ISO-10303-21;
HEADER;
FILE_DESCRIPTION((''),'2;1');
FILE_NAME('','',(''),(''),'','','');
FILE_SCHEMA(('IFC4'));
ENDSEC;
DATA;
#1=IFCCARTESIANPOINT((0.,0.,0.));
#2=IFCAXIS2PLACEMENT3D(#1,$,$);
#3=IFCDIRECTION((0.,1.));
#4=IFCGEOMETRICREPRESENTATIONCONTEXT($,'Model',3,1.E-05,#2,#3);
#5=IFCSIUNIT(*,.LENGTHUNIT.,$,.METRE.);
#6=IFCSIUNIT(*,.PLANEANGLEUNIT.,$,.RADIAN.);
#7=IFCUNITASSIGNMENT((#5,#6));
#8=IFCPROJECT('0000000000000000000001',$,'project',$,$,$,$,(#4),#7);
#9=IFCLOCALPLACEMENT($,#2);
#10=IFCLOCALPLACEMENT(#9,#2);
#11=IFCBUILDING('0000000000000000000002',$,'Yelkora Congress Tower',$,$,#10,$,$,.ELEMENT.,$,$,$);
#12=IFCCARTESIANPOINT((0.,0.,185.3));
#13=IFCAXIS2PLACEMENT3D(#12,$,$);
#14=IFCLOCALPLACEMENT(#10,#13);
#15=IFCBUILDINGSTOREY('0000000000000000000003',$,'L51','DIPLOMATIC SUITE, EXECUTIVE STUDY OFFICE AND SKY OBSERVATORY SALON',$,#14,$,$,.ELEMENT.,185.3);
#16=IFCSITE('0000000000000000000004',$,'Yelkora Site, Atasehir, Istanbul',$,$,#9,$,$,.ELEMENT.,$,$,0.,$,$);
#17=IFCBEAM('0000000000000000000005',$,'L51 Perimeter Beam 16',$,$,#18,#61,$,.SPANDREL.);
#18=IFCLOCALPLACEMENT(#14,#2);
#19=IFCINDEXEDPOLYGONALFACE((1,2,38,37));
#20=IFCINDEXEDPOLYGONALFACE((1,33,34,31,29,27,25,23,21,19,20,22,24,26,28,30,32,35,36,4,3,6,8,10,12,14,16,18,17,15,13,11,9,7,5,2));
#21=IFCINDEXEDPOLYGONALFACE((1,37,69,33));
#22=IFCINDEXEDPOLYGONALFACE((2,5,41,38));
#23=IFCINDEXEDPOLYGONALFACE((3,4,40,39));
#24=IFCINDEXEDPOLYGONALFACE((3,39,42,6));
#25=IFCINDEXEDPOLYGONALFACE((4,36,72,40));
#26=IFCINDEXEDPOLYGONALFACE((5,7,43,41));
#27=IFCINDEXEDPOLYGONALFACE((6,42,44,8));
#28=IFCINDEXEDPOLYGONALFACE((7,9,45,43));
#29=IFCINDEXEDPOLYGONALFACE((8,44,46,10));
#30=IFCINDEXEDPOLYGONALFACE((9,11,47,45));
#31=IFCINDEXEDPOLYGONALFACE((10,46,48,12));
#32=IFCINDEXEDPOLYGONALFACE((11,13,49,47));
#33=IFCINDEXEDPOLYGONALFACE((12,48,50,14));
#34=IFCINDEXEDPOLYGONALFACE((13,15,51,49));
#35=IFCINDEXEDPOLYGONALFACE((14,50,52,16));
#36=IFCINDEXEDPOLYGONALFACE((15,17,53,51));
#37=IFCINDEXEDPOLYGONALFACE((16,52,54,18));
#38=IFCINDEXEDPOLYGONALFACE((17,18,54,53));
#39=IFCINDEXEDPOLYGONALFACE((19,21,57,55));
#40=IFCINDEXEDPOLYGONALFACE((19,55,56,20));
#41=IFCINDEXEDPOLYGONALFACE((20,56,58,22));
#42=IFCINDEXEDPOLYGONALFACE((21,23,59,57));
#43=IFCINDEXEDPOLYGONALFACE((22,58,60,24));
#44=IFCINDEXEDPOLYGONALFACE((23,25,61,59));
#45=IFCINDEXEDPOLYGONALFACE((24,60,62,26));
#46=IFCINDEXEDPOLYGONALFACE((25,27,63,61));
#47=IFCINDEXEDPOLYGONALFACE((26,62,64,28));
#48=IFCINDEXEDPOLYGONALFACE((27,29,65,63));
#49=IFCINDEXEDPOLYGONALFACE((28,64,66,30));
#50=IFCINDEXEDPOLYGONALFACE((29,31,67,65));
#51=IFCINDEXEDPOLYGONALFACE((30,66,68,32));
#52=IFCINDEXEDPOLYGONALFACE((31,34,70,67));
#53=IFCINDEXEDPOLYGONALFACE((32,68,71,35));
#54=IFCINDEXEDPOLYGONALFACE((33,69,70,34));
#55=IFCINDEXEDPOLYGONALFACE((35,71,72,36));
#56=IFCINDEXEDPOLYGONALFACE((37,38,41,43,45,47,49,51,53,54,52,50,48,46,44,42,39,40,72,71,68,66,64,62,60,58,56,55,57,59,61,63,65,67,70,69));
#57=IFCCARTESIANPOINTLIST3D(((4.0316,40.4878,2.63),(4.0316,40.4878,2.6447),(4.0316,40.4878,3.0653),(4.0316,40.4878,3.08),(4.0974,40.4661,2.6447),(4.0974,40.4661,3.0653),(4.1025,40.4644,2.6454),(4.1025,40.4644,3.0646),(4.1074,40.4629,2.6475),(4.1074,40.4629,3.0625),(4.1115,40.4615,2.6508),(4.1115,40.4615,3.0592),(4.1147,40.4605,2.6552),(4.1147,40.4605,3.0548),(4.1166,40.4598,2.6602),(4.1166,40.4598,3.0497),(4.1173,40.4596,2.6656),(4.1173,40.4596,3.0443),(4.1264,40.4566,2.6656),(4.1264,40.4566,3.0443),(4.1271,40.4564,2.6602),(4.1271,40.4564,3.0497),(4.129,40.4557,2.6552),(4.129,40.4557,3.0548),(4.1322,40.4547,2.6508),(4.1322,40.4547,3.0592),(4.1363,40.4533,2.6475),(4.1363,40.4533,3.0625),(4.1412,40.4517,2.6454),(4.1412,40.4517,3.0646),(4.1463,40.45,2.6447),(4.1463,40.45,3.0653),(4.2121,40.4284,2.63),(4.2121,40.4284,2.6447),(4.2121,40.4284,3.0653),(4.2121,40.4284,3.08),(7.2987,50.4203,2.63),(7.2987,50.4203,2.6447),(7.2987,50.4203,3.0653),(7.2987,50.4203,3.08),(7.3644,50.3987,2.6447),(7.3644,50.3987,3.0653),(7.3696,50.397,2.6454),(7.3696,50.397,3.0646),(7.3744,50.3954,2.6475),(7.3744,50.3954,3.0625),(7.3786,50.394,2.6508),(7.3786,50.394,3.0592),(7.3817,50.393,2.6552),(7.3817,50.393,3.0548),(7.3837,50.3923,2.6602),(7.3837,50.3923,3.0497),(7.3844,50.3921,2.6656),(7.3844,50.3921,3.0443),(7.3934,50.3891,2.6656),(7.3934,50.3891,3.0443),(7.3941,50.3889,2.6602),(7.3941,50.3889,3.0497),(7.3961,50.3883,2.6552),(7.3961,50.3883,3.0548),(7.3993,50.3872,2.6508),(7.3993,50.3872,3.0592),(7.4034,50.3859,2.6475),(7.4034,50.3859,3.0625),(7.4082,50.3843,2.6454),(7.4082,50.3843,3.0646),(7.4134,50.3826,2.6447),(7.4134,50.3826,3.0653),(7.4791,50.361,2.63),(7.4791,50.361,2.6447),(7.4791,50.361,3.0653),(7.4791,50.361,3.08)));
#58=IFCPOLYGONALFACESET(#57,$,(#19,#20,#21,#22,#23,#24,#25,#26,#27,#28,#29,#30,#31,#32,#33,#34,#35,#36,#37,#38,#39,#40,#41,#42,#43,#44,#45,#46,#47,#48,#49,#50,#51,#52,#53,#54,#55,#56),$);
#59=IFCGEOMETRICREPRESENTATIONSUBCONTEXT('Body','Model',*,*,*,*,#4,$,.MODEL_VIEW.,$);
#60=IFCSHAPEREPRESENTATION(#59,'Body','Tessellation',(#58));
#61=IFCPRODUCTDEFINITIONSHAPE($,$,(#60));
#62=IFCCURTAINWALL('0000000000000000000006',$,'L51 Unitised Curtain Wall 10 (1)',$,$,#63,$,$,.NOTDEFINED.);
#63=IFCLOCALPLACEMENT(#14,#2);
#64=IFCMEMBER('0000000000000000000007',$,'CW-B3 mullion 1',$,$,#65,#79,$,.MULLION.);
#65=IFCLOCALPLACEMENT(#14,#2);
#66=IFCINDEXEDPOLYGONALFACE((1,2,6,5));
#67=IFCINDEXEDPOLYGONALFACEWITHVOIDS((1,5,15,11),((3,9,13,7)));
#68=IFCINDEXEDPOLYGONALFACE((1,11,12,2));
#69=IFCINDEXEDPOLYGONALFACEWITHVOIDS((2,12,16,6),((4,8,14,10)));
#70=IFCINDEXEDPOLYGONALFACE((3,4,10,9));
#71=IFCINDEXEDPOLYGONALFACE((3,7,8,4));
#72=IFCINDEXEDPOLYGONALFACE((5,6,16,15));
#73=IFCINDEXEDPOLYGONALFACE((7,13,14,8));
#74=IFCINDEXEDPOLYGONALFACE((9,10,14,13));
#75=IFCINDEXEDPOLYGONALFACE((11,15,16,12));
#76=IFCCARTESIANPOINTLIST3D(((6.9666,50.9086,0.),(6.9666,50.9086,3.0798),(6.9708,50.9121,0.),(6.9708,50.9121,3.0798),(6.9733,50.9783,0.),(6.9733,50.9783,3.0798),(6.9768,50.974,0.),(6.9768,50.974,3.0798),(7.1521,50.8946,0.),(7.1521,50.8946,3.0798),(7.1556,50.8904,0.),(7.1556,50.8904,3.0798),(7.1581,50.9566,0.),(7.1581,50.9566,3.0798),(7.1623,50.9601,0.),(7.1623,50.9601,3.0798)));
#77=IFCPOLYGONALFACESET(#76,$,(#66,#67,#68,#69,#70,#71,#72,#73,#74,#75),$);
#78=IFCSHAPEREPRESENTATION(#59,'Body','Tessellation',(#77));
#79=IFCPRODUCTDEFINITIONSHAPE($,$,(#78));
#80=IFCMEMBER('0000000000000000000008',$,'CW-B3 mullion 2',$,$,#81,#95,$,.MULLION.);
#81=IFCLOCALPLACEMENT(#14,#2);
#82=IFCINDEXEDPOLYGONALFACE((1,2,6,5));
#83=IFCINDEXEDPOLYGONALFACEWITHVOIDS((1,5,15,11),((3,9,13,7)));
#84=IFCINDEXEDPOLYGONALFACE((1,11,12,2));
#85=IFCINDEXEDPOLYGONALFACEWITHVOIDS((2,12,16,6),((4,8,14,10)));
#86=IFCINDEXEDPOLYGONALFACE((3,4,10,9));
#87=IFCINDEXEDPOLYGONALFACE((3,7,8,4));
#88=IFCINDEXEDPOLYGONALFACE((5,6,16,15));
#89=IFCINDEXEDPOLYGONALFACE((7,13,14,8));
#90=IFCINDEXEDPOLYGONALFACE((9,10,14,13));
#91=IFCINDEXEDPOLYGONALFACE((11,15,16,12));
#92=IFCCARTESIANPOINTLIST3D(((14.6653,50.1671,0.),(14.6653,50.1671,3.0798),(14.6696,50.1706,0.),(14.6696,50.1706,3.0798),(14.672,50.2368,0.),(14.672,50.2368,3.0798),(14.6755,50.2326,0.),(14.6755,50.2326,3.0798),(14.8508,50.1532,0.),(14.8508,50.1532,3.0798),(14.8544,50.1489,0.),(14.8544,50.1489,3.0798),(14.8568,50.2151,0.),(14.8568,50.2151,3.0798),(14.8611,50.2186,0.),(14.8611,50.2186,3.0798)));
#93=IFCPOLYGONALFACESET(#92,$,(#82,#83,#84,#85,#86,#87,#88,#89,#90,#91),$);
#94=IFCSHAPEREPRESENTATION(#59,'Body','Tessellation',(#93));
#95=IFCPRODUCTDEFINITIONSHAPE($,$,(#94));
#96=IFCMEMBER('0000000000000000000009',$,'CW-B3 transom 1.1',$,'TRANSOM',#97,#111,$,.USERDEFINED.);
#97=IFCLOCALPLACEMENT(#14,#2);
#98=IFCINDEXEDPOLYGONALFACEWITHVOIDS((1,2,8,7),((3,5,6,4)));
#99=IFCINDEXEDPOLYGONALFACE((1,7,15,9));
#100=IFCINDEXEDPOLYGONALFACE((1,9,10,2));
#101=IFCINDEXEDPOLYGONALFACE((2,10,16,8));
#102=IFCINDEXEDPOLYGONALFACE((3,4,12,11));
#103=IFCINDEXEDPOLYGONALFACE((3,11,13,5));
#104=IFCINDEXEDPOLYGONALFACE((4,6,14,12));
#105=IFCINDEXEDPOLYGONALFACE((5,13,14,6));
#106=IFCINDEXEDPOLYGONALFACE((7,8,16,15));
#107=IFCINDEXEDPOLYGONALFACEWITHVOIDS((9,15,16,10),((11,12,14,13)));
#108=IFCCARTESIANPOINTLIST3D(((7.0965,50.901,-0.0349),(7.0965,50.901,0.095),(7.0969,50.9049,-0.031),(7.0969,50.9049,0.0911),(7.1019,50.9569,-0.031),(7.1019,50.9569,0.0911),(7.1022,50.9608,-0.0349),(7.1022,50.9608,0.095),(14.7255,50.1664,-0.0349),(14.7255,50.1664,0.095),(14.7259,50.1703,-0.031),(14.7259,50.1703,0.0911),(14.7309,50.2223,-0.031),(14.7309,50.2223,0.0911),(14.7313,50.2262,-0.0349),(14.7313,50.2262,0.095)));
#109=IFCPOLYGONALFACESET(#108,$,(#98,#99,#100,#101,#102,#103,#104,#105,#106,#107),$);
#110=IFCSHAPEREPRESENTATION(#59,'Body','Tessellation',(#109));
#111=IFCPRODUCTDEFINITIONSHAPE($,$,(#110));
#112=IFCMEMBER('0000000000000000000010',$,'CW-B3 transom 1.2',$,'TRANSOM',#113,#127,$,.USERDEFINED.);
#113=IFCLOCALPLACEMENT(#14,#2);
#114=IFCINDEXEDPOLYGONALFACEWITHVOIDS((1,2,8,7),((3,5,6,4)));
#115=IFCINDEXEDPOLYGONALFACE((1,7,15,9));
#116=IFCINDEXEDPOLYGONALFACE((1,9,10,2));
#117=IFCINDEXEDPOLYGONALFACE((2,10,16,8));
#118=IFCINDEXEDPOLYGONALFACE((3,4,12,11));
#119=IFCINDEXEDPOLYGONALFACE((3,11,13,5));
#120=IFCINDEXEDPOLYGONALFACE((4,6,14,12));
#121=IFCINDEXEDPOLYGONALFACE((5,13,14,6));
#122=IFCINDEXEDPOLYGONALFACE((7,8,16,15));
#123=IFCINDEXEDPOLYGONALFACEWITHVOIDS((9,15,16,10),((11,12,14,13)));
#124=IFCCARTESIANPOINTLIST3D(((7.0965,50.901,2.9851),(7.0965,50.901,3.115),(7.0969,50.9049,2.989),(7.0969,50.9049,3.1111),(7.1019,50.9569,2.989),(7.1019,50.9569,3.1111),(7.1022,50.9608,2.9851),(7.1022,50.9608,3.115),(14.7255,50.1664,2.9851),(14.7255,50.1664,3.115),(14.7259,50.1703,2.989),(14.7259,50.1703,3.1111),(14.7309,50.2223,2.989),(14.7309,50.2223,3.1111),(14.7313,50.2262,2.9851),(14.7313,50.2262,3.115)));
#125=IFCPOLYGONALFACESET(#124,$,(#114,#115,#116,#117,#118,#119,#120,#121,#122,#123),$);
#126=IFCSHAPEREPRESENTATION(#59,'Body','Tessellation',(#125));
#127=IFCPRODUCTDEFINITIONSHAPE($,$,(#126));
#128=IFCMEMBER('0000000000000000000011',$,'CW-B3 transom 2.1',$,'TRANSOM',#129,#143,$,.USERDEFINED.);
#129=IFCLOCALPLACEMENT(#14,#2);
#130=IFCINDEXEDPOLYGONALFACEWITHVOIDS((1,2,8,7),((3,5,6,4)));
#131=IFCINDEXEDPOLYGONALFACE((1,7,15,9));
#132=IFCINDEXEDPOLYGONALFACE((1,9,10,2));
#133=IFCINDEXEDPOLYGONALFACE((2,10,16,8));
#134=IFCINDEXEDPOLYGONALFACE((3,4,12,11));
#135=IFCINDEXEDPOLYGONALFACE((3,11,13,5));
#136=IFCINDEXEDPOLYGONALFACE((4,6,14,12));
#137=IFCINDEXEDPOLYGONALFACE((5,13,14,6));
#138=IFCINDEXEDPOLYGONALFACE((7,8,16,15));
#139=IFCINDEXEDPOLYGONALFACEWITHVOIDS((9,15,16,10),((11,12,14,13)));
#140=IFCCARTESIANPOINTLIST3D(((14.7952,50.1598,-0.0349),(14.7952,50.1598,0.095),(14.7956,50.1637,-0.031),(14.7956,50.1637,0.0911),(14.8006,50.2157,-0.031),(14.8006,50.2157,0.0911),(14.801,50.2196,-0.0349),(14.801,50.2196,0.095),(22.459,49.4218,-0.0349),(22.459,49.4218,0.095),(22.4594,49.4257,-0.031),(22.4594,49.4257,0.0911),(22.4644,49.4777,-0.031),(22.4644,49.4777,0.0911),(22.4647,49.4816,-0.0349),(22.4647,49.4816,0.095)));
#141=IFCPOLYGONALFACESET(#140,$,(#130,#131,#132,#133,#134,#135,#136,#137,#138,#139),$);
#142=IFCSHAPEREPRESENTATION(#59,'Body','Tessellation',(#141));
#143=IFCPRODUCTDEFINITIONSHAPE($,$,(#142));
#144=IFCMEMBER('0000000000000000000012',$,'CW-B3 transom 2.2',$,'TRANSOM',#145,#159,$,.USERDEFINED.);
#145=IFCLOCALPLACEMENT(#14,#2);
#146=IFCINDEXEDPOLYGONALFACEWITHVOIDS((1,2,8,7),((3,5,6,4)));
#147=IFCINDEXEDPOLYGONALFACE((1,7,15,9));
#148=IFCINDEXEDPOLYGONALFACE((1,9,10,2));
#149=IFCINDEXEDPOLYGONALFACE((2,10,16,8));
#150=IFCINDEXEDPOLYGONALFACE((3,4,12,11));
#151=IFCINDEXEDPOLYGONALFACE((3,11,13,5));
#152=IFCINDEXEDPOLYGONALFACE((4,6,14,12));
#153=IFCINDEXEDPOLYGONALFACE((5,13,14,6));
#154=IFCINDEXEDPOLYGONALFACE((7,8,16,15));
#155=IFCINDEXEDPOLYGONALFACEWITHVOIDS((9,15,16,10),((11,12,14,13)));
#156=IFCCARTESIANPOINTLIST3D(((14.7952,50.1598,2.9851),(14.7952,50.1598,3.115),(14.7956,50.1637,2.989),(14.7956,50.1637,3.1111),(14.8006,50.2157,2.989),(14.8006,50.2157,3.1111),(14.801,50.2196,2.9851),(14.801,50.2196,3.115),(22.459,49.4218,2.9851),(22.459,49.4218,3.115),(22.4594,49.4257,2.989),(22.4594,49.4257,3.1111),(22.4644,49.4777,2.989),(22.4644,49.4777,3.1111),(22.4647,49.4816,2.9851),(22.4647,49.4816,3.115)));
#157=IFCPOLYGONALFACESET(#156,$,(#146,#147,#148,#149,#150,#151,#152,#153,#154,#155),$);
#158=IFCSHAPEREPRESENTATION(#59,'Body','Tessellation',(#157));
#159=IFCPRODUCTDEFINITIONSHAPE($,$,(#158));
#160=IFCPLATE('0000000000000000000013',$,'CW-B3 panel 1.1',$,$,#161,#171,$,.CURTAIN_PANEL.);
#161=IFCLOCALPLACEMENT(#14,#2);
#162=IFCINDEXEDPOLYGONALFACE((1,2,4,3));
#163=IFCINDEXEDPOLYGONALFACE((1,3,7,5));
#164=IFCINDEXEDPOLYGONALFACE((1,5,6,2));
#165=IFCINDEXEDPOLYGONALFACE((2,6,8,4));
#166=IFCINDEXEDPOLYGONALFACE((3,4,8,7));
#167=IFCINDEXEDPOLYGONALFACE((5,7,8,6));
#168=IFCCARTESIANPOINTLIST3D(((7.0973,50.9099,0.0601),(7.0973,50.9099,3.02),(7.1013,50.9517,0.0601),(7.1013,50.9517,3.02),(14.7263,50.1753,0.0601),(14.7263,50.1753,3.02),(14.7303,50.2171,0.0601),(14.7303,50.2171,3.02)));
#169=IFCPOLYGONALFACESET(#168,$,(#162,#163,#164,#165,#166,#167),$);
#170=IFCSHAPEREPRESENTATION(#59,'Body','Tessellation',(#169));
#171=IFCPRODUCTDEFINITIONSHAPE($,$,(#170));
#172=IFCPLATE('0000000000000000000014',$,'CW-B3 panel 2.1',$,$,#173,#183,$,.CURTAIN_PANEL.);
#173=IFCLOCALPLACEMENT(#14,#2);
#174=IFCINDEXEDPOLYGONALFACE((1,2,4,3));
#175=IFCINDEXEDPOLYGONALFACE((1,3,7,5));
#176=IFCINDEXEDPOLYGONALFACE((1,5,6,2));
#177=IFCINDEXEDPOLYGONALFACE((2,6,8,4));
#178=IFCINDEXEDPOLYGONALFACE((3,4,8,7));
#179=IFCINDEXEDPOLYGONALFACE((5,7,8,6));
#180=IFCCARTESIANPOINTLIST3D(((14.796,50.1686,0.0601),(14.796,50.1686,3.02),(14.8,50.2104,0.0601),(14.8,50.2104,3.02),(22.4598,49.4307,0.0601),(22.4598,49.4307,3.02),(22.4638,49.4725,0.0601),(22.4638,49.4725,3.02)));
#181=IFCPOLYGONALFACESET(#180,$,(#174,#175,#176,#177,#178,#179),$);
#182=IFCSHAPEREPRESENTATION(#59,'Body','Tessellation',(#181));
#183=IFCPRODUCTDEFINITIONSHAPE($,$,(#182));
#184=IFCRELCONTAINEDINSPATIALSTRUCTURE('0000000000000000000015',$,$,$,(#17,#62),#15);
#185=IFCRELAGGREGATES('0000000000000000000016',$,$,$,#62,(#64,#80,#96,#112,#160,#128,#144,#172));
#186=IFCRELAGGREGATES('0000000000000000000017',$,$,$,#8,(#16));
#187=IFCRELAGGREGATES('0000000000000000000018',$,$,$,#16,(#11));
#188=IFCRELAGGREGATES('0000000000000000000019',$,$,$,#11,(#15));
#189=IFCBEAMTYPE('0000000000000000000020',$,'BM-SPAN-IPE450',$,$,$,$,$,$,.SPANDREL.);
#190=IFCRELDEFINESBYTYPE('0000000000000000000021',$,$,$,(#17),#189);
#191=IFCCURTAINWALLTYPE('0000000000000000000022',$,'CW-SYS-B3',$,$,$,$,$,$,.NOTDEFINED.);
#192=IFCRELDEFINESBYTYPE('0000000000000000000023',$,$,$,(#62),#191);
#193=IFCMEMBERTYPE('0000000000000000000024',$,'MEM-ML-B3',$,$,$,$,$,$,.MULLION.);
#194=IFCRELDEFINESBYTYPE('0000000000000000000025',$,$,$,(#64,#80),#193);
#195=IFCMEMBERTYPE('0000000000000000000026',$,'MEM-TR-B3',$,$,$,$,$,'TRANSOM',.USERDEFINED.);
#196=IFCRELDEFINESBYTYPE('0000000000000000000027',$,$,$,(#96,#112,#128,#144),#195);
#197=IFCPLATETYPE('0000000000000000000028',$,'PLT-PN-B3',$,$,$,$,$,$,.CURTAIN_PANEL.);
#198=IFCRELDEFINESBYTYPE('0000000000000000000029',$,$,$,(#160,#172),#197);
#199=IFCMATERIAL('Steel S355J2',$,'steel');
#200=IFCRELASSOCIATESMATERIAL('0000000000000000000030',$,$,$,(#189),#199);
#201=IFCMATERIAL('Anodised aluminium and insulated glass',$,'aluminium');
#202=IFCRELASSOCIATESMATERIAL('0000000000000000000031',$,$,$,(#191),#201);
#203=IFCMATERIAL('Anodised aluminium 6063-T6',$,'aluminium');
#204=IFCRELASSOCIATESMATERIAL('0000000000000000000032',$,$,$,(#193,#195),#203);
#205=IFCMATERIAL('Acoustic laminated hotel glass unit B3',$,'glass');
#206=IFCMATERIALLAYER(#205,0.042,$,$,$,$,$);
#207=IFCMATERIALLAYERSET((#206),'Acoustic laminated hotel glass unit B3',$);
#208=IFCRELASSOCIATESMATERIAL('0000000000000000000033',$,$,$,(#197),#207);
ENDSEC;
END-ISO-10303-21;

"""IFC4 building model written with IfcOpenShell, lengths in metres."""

from ifc_helpers import new_model, si_unit, direction, frame, origin, origin_2d, place, context, subcontext, project, spatial, rectangle, hollow_rectangle, i_section, extrude, material, layer, layer_set, material_profile, profile_set, type_object, element, aggregate, save


model = new_model("IFC4")

# Units and contexts
model_context = context("Model", 3, precision=1e-05, world=origin(), true_north=direction((0.0, 1.0)))
body_context = subcontext(model_context, "Body", "Model", "MODEL_VIEW")
ifc_project = project(units=[si_unit("LENGTHUNIT", "METRE"), si_unit("PLANEANGLEUNIT", "RADIAN")], contexts=[model_context])

# Site, building, storey
site_placement = place(None, origin())
site = spatial("IfcSite", under=ifc_project, at=site_placement, Name="Yelkora Site, Atasehir, Istanbul", CompositionType="ELEMENT", RefElevation=0.0)
building_placement = place(site_placement, origin())
building = spatial("IfcBuilding", under=site, at=building_placement, Name="Yelkora Congress Tower", CompositionType="ELEMENT")
storey_placement = place(building_placement, frame((0.0, 0.0, 185.3)))
storey = spatial("IfcBuildingStorey", under=building, at=storey_placement, Name="L51", Description="DIPLOMATIC SUITE, EXECUTIVE STUDY OFFICE AND SKY OBSERVATORY SALON", CompositionType="ELEMENT", Elevation=185.3)

# Beam
ifc_material_1 = material(Name="Steel S355J2", Category="steel")
ifc_material_profile_1 = material_profile(ifc_material_1, i_section(OverallWidth=0.1899, OverallDepth=0.45, WebThickness=0.0095, FlangeThickness=0.0146, FilletRadius=0.021, at=origin_2d()), Name="IPE 450")
ifc_profile_set_1 = profile_set([ifc_material_profile_1], Name="Steel S355J2")
beam_type_1 = type_object("IfcBeamType", Name="BM-SPAN-IPE450", PredefinedType="SPANDREL", material=ifc_profile_set_1)
beam_1_placement = place(storey_placement, frame((7.3889, 50.3906, 2.855), z_axis=(-0.312457, -0.949932, 0.0), x_axis=(0.949932, -0.312457, 0.0)))
element("IfcBeam", 1, at=beam_1_placement, inside=storey, type_object=beam_type_1, Name="L51 Perimeter Beam 16", PredefinedType="SPANDREL", context=body_context, shape_type="SweptSolid", body=[
    extrude(i_section(OverallWidth=0.1899, OverallDepth=0.45, WebThickness=0.0095, FlangeThickness=0.0146, FilletRadius=0.021, at=origin_2d()), origin(), (0.0, 0.0, 1.0), 10.4561),
])

# Curtain wall, members, plates
ifc_material_2 = material(Name="Anodised aluminium and insulated glass", Category="aluminium")
curtain_wall_type = type_object("IfcCurtainWallType", Name="CW-SYS-B3", PredefinedType="NOTDEFINED", material=ifc_material_2)
curtain_wall_placement = place(storey_placement, origin())
curtain_wall = element("IfcCurtainWall", 2, at=curtain_wall_placement, inside=storey, type_object=curtain_wall_type, Name="L51 Unitised Curtain Wall 10 (1)", PredefinedType="NOTDEFINED")
ifc_material_3 = material(Name="Anodised aluminium 6063-T6", Category="aluminium")
ifc_material_profile_2 = material_profile(ifc_material_3, hollow_rectangle(XDim=0.0701, YDim=0.1899, WallThickness=0.0039, at=origin_2d()), Name="ALU 70x190x4")
ifc_profile_set_2 = profile_set([ifc_material_profile_2], Name="Anodised aluminium 6063-T6")
member_type_1 = type_object("IfcMemberType", Name="MEM-ML-B3", PredefinedType="MULLION", material=ifc_profile_set_2)
member_1_placement = place(storey_placement, frame((7.0645, 50.9343, 0.0), z_axis=(0.0, 0.0, 1.0), x_axis=(0.095845, 0.995396, 0.0)))
member_1 = element("IfcMember", 3, at=member_1_placement, type_object=member_type_1, Name="CW-B3 mullion 1", PredefinedType="MULLION", context=body_context, shape_type="SweptSolid", body=[
    extrude(hollow_rectangle(XDim=0.0701, YDim=0.1899, WallThickness=0.0039, at=origin_2d()), origin(), (0.0, 0.0, 1.0), 3.0798),
])
member_2_placement = place(storey_placement, frame((14.7632, 50.1929, 0.0), z_axis=(0.0, 0.0, 1.0), x_axis=(0.095845, 0.995396, 0.0)))
member_2 = element("IfcMember", 4, at=member_2_placement, type_object=member_type_1, Name="CW-B3 mullion 2", PredefinedType="MULLION", context=body_context, shape_type="SweptSolid", body=[
    extrude(hollow_rectangle(XDim=0.0701, YDim=0.1899, WallThickness=0.0039, at=origin_2d()), origin(), (0.0, 0.0, 1.0), 3.0798),
])
ifc_material_profile_3 = material_profile(ifc_material_3, hollow_rectangle(XDim=0.0601, YDim=0.1299, WallThickness=0.0039, at=origin_2d()), Name="ALU 60x130x4")
ifc_profile_set_3 = profile_set([ifc_material_profile_3], Name="Anodised aluminium 6063-T6")
member_type_2 = type_object("IfcMemberType", Name="MEM-TR-B3", ElementType="TRANSOM", PredefinedType="USERDEFINED", material=ifc_profile_set_3)
member_3_placement = place(storey_placement, frame((7.0994, 50.9309, 0.03), z_axis=(0.995396, -0.095851, 0.0), x_axis=(0.095851, 0.995396, 0.0)))
member_3 = element("IfcMember", 5, at=member_3_placement, type_object=member_type_2, Name="CW-B3 transom 1.1", ObjectType="TRANSOM", PredefinedType="USERDEFINED", context=body_context, shape_type="SweptSolid", body=[
    extrude(hollow_rectangle(XDim=0.0601, YDim=0.1299, WallThickness=0.0039, at=origin_2d()), origin(), (0.0, 0.0, 1.0), 7.6643),
])
member_4_placement = place(storey_placement, frame((7.0994, 50.9309, 3.05), z_axis=(0.995396, -0.095851, 0.0), x_axis=(0.095851, 0.995396, 0.0)))
member_4 = element("IfcMember", 6, at=member_4_placement, type_object=member_type_2, Name="CW-B3 transom 1.2", ObjectType="TRANSOM", PredefinedType="USERDEFINED", context=body_context, shape_type="SweptSolid", body=[
    extrude(hollow_rectangle(XDim=0.0601, YDim=0.1299, WallThickness=0.0039, at=origin_2d()), origin(), (0.0, 0.0, 1.0), 7.6643),
])
member_5_placement = place(storey_placement, frame((14.7981, 50.1897, 0.03), z_axis=(0.995395, -0.095858, 0.0), x_axis=(0.095858, 0.995395, 0.0)))
member_5 = element("IfcMember", 7, at=member_5_placement, type_object=member_type_2, Name="CW-B3 transom 2.1", ObjectType="TRANSOM", PredefinedType="USERDEFINED", context=body_context, shape_type="SweptSolid", body=[
    extrude(hollow_rectangle(XDim=0.0601, YDim=0.1299, WallThickness=0.0039, at=origin_2d()), origin(), (0.0, 0.0, 1.0), 7.6992),
])
member_6_placement = place(storey_placement, frame((14.7981, 50.1897, 3.05), z_axis=(0.995395, -0.095858, 0.0), x_axis=(0.095858, 0.995395, 0.0)))
member_6 = element("IfcMember", 8, at=member_6_placement, type_object=member_type_2, Name="CW-B3 transom 2.2", ObjectType="TRANSOM", PredefinedType="USERDEFINED", context=body_context, shape_type="SweptSolid", body=[
    extrude(hollow_rectangle(XDim=0.0601, YDim=0.1299, WallThickness=0.0039, at=origin_2d()), origin(), (0.0, 0.0, 1.0), 7.6992),
])
ifc_material_4 = material(Name="Acoustic laminated hotel glass unit B3", Category="glass")
ifc_layer_1 = layer(ifc_material_4, 0.042)
ifc_layer_set_1 = layer_set([ifc_layer_1], Name="Acoustic laminated hotel glass unit B3")
plate_type = type_object("IfcPlateType", Name="PLT-PN-B3", PredefinedType="CURTAIN_PANEL", material=ifc_layer_set_1)
plate_1_placement = place(storey_placement, frame((10.9138, 50.5635, 0.0601), z_axis=(0.0, 0.0, 1.0), x_axis=(0.995396, -0.095845, 0.0)))
plate_1 = element("IfcPlate", 9, at=plate_1_placement, type_object=plate_type, Name="CW-B3 panel 1.1", PredefinedType="CURTAIN_PANEL", context=body_context, shape_type="SweptSolid", body=[
    extrude(rectangle(XDim=7.6643, YDim=0.042, at=origin_2d()), origin(), (0.0, 0.0, 1.0), 2.96),
])
plate_2_placement = place(storey_placement, frame((18.6299, 49.8206, 0.0601), z_axis=(0.0, 0.0, 1.0), x_axis=(0.995396, -0.095845, 0.0)))
plate_2 = element("IfcPlate", 10, at=plate_2_placement, type_object=plate_type, Name="CW-B3 panel 2.1", PredefinedType="CURTAIN_PANEL", context=body_context, shape_type="SweptSolid", body=[
    extrude(rectangle(XDim=7.6992, YDim=0.042, at=origin_2d()), origin(), (0.0, 0.0, 1.0), 2.96),
])
aggregate(curtain_wall, [member_1, member_2, member_3, member_4, plate_1, member_5, member_6, plate_2])

save(model, "model.ifc")
